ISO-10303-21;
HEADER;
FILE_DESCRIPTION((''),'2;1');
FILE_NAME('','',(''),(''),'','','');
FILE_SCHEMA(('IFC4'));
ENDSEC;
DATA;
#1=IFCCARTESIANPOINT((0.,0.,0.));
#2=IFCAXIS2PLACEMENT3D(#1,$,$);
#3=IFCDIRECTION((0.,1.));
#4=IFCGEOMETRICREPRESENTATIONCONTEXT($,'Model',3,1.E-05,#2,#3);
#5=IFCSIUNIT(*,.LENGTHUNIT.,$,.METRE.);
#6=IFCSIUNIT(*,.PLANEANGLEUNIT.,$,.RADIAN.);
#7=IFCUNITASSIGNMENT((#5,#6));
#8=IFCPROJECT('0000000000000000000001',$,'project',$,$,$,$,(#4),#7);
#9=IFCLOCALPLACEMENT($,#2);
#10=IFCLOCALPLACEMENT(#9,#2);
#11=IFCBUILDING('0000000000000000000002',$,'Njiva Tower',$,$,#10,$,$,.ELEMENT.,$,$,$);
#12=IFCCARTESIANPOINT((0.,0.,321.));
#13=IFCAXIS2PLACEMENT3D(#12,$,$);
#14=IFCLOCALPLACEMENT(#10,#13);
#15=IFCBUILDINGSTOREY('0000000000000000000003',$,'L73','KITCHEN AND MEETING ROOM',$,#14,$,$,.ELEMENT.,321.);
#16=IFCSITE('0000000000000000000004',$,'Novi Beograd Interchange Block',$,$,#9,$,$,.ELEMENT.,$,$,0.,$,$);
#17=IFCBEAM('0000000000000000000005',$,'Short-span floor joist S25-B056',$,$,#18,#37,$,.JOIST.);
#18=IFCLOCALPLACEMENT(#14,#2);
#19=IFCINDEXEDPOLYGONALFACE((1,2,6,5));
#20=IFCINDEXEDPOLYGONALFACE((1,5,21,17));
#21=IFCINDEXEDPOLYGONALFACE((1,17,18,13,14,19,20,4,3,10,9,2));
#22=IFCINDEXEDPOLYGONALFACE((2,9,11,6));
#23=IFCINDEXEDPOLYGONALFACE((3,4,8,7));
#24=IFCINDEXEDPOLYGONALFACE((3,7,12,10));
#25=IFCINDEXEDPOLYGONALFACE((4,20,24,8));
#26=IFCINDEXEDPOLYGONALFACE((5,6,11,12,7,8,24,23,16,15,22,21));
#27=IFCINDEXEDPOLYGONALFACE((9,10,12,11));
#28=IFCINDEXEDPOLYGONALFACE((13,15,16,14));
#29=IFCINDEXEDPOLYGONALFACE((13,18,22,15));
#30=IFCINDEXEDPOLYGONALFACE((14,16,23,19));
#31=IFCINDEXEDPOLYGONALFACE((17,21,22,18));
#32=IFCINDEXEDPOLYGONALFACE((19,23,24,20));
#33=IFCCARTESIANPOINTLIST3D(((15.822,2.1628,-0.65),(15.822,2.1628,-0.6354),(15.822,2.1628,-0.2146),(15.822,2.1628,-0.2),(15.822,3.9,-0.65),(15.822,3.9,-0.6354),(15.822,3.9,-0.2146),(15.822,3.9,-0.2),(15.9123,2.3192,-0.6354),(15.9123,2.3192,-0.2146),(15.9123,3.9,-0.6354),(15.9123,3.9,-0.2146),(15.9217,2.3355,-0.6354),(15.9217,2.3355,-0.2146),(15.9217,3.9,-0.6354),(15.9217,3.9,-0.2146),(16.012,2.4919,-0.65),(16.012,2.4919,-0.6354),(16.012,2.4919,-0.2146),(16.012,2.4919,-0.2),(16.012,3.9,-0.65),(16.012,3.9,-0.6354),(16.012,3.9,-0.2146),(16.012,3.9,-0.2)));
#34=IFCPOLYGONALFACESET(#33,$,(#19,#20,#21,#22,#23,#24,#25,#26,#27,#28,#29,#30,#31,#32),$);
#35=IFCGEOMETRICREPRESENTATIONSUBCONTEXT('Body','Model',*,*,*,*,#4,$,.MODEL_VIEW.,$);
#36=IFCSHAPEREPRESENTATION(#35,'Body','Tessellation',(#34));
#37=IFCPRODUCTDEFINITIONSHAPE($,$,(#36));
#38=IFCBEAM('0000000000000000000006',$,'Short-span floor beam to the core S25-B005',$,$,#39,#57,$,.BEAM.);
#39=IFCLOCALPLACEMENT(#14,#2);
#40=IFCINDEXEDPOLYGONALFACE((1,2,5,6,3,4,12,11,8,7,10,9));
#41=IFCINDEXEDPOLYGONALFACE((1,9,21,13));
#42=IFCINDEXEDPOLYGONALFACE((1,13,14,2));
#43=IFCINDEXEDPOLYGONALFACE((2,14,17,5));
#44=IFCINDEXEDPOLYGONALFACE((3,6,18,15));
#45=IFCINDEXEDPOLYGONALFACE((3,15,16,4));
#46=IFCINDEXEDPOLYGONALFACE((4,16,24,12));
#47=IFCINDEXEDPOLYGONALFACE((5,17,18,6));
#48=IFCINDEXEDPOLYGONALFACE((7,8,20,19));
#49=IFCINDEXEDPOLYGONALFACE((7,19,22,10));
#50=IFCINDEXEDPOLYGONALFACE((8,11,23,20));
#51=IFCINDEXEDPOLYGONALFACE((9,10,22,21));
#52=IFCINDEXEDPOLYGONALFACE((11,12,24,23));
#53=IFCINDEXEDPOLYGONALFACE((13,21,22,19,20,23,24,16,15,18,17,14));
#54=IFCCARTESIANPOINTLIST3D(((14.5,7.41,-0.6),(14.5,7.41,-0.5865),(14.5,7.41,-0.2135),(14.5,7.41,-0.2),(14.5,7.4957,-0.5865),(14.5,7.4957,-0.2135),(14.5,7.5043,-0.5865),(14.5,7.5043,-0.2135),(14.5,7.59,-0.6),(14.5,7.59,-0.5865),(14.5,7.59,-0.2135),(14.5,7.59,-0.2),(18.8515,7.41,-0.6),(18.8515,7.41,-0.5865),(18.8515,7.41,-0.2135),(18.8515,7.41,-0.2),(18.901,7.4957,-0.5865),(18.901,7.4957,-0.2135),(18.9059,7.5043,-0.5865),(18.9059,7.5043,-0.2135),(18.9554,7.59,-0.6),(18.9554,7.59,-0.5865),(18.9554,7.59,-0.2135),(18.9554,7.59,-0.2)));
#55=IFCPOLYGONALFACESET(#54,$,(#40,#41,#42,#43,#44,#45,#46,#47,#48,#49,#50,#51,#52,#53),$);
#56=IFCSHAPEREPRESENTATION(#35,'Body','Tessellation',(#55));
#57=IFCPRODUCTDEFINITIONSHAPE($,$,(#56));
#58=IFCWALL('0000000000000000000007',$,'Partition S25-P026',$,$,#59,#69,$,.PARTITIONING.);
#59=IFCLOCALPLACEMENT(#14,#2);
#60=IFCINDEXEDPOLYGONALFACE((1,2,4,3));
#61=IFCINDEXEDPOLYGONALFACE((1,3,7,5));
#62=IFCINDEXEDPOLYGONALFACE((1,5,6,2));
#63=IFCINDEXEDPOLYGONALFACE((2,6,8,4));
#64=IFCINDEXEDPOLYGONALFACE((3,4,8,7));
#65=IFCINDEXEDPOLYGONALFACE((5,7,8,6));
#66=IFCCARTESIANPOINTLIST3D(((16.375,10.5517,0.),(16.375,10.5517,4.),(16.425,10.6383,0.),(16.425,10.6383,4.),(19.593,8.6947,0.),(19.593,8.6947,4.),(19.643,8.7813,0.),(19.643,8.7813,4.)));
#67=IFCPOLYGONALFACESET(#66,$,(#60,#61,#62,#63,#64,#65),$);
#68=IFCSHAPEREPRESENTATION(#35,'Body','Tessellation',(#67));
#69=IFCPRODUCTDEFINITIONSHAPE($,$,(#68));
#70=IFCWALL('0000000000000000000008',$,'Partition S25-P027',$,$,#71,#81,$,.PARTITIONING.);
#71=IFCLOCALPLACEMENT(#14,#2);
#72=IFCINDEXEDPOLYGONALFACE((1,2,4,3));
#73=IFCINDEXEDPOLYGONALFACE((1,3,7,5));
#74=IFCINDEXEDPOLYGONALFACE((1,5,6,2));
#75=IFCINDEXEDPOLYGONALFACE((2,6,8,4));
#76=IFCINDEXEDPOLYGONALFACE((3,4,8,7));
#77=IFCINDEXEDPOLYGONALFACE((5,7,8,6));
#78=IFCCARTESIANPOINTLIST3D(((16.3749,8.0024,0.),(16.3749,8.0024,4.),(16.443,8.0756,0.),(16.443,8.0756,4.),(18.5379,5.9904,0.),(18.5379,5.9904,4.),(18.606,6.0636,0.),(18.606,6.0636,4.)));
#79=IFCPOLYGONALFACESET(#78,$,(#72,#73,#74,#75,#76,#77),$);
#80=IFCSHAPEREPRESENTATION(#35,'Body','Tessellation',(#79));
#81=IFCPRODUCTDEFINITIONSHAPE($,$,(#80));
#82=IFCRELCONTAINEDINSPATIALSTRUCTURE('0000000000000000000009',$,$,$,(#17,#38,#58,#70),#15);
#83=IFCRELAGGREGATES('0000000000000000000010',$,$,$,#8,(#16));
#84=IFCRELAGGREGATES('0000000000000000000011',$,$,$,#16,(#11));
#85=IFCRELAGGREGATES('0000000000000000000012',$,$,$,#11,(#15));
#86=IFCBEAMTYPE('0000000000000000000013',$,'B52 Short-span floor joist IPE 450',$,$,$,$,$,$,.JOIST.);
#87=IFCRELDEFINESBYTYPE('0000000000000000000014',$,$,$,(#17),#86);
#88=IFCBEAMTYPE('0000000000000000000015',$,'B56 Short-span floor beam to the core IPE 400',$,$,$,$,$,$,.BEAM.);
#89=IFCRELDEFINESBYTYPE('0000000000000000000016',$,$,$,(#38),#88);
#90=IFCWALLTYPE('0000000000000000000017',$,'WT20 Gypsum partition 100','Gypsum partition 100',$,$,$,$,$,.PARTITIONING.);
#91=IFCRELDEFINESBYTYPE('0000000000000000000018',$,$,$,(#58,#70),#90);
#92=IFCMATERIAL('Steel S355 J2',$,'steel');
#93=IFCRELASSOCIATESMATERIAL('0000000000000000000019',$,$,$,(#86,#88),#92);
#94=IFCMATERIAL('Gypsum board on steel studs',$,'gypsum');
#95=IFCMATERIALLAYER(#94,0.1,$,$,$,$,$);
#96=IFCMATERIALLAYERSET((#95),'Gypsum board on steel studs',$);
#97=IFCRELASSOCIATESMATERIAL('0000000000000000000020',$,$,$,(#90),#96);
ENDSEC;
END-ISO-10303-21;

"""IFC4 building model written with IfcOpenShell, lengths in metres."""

from ifc_helpers import new_model, si_unit, direction, frame, frame_2d, origin, origin_2d, place, context, subcontext, project, spatial, rectangle, i_section, extrude, clip, halfspace, material, layer, layer_set, material_profile, profile_set, type_object, element, save


model = new_model("IFC4")

# Units and contexts
model_context = context("Model", 3, precision=1e-05, world=origin(), true_north=direction((0.0, 1.0)))
body_context = subcontext(model_context, "Body", "Model", "MODEL_VIEW")
ifc_project = project(units=[si_unit("LENGTHUNIT", "METRE"), si_unit("PLANEANGLEUNIT", "RADIAN")], contexts=[model_context])

# Site, building, storey
site_placement = place(None, origin())
site = spatial("IfcSite", under=ifc_project, at=site_placement, Name="Novi Beograd Interchange Block", CompositionType="ELEMENT", RefElevation=0.0)
building_placement = place(site_placement, origin())
building = spatial("IfcBuilding", under=site, at=building_placement, Name="Njiva Tower", CompositionType="ELEMENT")
storey_placement = place(building_placement, frame((0.0, 0.0, 321.0)))
storey = spatial("IfcBuildingStorey", under=building, at=storey_placement, Name="L73", Description="KITCHEN AND MEETING ROOM", CompositionType="ELEMENT", Elevation=321.0)

# Shared definitions
ifc_material_1 = material(Name="Steel S355 J2", Category="steel")

# Beams
ifc_material_profile_1 = material_profile(ifc_material_1, i_section(OverallWidth=0.19, OverallDepth=0.45, WebThickness=0.0094, FlangeThickness=0.0146, at=origin_2d()), Name="IPE 450")
ifc_profile_set_1 = profile_set([ifc_material_profile_1], Name="Steel S355 J2")
beam_type_1 = type_object("IfcBeamType", Name="B52 Short-span floor joist IPE 450", PredefinedType="JOIST", material=ifc_profile_set_1)
beam_1_placement = place(storey_placement, frame((15.917, 3.9, -0.425), z_axis=(0.0, -1.0, 0.0), x_axis=(1.0, 0.0, 0.0)))
element("IfcBeam", 1, at=beam_1_placement, inside=storey, type_object=beam_type_1, Name="Short-span floor joist S25-B056", PredefinedType="JOIST", context=body_context, shape_type="Clipping", body=[
    clip(extrude(i_section(OverallWidth=0.19, OverallDepth=0.45, WebThickness=0.0094, FlangeThickness=0.0146, at=origin_2d()), origin(), (0.0, 0.0, 1.0), 1.758), halfspace(frame((0.043, 0.0, 1.4982), z_axis=(0.866027, 0.0, 0.499998), x_axis=(0.0, 1.0, 0.0)), False)),
])
ifc_material_profile_2 = material_profile(ifc_material_1, i_section(OverallWidth=0.18, OverallDepth=0.4, WebThickness=0.0086, FlangeThickness=0.0135, at=origin_2d()), Name="IPE 400")
ifc_profile_set_2 = profile_set([ifc_material_profile_2], Name="Steel S355 J2")
beam_type_2 = type_object("IfcBeamType", Name="B56 Short-span floor beam to the core IPE 400", PredefinedType="BEAM", material=ifc_profile_set_2)
beam_2_placement = place(storey_placement, frame((14.5, 7.5, -0.4), z_axis=(1.0, 0.0, 0.0), x_axis=(0.0, 1.0, 0.0)))
element("IfcBeam", 2, at=beam_2_placement, inside=storey, type_object=beam_type_2, Name="Short-span floor beam to the core S25-B005", PredefinedType="BEAM", context=body_context, shape_type="Clipping", body=[
    clip(extrude(i_section(OverallWidth=0.18, OverallDepth=0.4, WebThickness=0.0086, FlangeThickness=0.0135, at=origin_2d()), origin(), (0.0, 0.0, 1.0), 4.475), halfspace(frame((-0.025, 0.0, 4.389), z_axis=(-0.499998, 0.0, 0.866027), x_axis=(0.0, 1.0, 0.0)), False)),
])

# Walls
ifc_material_2 = material(Name="Gypsum board on steel studs", Category="gypsum")
ifc_layer = layer(ifc_material_2, 0.1)
ifc_layer_set = layer_set([ifc_layer], Name="Gypsum board on steel studs")
wall_type = type_object("IfcWallType", Name="WT20 Gypsum partition 100", Description="Gypsum partition 100", PredefinedType="PARTITIONING", material=ifc_layer_set)
wall_1_placement = place(storey_placement, frame((16.4, 10.595, 0.0), z_axis=(0.0, 0.0, 1.0), x_axis=(0.866132, -0.499816, 0.0)))
element("IfcWall", 3, at=wall_1_placement, inside=storey, type_object=wall_type, Name="Partition S25-P026", PredefinedType="PARTITIONING", context=body_context, shape_type="SweptSolid", body=[
    extrude(rectangle(XDim=3.7154, YDim=0.1, at=frame_2d((1.8577, 0.0))), origin(), (0.0, 0.0, 1.0), 4.0),
])
wall_2_placement = place(storey_placement, frame((16.409, 8.039, 0.0), z_axis=(0.0, 0.0, 1.0), x_axis=(0.732202, -0.681087, 0.0)))
element("IfcWall", 4, at=wall_2_placement, inside=storey, type_object=wall_type, Name="Partition S25-P027", PredefinedType="PARTITIONING", context=body_context, shape_type="SweptSolid", body=[
    extrude(rectangle(XDim=2.9541, YDim=0.1, at=frame_2d((1.477, 0.0))), origin(), (0.0, 0.0, 1.0), 4.0),
])

save(model, "model.ifc")
